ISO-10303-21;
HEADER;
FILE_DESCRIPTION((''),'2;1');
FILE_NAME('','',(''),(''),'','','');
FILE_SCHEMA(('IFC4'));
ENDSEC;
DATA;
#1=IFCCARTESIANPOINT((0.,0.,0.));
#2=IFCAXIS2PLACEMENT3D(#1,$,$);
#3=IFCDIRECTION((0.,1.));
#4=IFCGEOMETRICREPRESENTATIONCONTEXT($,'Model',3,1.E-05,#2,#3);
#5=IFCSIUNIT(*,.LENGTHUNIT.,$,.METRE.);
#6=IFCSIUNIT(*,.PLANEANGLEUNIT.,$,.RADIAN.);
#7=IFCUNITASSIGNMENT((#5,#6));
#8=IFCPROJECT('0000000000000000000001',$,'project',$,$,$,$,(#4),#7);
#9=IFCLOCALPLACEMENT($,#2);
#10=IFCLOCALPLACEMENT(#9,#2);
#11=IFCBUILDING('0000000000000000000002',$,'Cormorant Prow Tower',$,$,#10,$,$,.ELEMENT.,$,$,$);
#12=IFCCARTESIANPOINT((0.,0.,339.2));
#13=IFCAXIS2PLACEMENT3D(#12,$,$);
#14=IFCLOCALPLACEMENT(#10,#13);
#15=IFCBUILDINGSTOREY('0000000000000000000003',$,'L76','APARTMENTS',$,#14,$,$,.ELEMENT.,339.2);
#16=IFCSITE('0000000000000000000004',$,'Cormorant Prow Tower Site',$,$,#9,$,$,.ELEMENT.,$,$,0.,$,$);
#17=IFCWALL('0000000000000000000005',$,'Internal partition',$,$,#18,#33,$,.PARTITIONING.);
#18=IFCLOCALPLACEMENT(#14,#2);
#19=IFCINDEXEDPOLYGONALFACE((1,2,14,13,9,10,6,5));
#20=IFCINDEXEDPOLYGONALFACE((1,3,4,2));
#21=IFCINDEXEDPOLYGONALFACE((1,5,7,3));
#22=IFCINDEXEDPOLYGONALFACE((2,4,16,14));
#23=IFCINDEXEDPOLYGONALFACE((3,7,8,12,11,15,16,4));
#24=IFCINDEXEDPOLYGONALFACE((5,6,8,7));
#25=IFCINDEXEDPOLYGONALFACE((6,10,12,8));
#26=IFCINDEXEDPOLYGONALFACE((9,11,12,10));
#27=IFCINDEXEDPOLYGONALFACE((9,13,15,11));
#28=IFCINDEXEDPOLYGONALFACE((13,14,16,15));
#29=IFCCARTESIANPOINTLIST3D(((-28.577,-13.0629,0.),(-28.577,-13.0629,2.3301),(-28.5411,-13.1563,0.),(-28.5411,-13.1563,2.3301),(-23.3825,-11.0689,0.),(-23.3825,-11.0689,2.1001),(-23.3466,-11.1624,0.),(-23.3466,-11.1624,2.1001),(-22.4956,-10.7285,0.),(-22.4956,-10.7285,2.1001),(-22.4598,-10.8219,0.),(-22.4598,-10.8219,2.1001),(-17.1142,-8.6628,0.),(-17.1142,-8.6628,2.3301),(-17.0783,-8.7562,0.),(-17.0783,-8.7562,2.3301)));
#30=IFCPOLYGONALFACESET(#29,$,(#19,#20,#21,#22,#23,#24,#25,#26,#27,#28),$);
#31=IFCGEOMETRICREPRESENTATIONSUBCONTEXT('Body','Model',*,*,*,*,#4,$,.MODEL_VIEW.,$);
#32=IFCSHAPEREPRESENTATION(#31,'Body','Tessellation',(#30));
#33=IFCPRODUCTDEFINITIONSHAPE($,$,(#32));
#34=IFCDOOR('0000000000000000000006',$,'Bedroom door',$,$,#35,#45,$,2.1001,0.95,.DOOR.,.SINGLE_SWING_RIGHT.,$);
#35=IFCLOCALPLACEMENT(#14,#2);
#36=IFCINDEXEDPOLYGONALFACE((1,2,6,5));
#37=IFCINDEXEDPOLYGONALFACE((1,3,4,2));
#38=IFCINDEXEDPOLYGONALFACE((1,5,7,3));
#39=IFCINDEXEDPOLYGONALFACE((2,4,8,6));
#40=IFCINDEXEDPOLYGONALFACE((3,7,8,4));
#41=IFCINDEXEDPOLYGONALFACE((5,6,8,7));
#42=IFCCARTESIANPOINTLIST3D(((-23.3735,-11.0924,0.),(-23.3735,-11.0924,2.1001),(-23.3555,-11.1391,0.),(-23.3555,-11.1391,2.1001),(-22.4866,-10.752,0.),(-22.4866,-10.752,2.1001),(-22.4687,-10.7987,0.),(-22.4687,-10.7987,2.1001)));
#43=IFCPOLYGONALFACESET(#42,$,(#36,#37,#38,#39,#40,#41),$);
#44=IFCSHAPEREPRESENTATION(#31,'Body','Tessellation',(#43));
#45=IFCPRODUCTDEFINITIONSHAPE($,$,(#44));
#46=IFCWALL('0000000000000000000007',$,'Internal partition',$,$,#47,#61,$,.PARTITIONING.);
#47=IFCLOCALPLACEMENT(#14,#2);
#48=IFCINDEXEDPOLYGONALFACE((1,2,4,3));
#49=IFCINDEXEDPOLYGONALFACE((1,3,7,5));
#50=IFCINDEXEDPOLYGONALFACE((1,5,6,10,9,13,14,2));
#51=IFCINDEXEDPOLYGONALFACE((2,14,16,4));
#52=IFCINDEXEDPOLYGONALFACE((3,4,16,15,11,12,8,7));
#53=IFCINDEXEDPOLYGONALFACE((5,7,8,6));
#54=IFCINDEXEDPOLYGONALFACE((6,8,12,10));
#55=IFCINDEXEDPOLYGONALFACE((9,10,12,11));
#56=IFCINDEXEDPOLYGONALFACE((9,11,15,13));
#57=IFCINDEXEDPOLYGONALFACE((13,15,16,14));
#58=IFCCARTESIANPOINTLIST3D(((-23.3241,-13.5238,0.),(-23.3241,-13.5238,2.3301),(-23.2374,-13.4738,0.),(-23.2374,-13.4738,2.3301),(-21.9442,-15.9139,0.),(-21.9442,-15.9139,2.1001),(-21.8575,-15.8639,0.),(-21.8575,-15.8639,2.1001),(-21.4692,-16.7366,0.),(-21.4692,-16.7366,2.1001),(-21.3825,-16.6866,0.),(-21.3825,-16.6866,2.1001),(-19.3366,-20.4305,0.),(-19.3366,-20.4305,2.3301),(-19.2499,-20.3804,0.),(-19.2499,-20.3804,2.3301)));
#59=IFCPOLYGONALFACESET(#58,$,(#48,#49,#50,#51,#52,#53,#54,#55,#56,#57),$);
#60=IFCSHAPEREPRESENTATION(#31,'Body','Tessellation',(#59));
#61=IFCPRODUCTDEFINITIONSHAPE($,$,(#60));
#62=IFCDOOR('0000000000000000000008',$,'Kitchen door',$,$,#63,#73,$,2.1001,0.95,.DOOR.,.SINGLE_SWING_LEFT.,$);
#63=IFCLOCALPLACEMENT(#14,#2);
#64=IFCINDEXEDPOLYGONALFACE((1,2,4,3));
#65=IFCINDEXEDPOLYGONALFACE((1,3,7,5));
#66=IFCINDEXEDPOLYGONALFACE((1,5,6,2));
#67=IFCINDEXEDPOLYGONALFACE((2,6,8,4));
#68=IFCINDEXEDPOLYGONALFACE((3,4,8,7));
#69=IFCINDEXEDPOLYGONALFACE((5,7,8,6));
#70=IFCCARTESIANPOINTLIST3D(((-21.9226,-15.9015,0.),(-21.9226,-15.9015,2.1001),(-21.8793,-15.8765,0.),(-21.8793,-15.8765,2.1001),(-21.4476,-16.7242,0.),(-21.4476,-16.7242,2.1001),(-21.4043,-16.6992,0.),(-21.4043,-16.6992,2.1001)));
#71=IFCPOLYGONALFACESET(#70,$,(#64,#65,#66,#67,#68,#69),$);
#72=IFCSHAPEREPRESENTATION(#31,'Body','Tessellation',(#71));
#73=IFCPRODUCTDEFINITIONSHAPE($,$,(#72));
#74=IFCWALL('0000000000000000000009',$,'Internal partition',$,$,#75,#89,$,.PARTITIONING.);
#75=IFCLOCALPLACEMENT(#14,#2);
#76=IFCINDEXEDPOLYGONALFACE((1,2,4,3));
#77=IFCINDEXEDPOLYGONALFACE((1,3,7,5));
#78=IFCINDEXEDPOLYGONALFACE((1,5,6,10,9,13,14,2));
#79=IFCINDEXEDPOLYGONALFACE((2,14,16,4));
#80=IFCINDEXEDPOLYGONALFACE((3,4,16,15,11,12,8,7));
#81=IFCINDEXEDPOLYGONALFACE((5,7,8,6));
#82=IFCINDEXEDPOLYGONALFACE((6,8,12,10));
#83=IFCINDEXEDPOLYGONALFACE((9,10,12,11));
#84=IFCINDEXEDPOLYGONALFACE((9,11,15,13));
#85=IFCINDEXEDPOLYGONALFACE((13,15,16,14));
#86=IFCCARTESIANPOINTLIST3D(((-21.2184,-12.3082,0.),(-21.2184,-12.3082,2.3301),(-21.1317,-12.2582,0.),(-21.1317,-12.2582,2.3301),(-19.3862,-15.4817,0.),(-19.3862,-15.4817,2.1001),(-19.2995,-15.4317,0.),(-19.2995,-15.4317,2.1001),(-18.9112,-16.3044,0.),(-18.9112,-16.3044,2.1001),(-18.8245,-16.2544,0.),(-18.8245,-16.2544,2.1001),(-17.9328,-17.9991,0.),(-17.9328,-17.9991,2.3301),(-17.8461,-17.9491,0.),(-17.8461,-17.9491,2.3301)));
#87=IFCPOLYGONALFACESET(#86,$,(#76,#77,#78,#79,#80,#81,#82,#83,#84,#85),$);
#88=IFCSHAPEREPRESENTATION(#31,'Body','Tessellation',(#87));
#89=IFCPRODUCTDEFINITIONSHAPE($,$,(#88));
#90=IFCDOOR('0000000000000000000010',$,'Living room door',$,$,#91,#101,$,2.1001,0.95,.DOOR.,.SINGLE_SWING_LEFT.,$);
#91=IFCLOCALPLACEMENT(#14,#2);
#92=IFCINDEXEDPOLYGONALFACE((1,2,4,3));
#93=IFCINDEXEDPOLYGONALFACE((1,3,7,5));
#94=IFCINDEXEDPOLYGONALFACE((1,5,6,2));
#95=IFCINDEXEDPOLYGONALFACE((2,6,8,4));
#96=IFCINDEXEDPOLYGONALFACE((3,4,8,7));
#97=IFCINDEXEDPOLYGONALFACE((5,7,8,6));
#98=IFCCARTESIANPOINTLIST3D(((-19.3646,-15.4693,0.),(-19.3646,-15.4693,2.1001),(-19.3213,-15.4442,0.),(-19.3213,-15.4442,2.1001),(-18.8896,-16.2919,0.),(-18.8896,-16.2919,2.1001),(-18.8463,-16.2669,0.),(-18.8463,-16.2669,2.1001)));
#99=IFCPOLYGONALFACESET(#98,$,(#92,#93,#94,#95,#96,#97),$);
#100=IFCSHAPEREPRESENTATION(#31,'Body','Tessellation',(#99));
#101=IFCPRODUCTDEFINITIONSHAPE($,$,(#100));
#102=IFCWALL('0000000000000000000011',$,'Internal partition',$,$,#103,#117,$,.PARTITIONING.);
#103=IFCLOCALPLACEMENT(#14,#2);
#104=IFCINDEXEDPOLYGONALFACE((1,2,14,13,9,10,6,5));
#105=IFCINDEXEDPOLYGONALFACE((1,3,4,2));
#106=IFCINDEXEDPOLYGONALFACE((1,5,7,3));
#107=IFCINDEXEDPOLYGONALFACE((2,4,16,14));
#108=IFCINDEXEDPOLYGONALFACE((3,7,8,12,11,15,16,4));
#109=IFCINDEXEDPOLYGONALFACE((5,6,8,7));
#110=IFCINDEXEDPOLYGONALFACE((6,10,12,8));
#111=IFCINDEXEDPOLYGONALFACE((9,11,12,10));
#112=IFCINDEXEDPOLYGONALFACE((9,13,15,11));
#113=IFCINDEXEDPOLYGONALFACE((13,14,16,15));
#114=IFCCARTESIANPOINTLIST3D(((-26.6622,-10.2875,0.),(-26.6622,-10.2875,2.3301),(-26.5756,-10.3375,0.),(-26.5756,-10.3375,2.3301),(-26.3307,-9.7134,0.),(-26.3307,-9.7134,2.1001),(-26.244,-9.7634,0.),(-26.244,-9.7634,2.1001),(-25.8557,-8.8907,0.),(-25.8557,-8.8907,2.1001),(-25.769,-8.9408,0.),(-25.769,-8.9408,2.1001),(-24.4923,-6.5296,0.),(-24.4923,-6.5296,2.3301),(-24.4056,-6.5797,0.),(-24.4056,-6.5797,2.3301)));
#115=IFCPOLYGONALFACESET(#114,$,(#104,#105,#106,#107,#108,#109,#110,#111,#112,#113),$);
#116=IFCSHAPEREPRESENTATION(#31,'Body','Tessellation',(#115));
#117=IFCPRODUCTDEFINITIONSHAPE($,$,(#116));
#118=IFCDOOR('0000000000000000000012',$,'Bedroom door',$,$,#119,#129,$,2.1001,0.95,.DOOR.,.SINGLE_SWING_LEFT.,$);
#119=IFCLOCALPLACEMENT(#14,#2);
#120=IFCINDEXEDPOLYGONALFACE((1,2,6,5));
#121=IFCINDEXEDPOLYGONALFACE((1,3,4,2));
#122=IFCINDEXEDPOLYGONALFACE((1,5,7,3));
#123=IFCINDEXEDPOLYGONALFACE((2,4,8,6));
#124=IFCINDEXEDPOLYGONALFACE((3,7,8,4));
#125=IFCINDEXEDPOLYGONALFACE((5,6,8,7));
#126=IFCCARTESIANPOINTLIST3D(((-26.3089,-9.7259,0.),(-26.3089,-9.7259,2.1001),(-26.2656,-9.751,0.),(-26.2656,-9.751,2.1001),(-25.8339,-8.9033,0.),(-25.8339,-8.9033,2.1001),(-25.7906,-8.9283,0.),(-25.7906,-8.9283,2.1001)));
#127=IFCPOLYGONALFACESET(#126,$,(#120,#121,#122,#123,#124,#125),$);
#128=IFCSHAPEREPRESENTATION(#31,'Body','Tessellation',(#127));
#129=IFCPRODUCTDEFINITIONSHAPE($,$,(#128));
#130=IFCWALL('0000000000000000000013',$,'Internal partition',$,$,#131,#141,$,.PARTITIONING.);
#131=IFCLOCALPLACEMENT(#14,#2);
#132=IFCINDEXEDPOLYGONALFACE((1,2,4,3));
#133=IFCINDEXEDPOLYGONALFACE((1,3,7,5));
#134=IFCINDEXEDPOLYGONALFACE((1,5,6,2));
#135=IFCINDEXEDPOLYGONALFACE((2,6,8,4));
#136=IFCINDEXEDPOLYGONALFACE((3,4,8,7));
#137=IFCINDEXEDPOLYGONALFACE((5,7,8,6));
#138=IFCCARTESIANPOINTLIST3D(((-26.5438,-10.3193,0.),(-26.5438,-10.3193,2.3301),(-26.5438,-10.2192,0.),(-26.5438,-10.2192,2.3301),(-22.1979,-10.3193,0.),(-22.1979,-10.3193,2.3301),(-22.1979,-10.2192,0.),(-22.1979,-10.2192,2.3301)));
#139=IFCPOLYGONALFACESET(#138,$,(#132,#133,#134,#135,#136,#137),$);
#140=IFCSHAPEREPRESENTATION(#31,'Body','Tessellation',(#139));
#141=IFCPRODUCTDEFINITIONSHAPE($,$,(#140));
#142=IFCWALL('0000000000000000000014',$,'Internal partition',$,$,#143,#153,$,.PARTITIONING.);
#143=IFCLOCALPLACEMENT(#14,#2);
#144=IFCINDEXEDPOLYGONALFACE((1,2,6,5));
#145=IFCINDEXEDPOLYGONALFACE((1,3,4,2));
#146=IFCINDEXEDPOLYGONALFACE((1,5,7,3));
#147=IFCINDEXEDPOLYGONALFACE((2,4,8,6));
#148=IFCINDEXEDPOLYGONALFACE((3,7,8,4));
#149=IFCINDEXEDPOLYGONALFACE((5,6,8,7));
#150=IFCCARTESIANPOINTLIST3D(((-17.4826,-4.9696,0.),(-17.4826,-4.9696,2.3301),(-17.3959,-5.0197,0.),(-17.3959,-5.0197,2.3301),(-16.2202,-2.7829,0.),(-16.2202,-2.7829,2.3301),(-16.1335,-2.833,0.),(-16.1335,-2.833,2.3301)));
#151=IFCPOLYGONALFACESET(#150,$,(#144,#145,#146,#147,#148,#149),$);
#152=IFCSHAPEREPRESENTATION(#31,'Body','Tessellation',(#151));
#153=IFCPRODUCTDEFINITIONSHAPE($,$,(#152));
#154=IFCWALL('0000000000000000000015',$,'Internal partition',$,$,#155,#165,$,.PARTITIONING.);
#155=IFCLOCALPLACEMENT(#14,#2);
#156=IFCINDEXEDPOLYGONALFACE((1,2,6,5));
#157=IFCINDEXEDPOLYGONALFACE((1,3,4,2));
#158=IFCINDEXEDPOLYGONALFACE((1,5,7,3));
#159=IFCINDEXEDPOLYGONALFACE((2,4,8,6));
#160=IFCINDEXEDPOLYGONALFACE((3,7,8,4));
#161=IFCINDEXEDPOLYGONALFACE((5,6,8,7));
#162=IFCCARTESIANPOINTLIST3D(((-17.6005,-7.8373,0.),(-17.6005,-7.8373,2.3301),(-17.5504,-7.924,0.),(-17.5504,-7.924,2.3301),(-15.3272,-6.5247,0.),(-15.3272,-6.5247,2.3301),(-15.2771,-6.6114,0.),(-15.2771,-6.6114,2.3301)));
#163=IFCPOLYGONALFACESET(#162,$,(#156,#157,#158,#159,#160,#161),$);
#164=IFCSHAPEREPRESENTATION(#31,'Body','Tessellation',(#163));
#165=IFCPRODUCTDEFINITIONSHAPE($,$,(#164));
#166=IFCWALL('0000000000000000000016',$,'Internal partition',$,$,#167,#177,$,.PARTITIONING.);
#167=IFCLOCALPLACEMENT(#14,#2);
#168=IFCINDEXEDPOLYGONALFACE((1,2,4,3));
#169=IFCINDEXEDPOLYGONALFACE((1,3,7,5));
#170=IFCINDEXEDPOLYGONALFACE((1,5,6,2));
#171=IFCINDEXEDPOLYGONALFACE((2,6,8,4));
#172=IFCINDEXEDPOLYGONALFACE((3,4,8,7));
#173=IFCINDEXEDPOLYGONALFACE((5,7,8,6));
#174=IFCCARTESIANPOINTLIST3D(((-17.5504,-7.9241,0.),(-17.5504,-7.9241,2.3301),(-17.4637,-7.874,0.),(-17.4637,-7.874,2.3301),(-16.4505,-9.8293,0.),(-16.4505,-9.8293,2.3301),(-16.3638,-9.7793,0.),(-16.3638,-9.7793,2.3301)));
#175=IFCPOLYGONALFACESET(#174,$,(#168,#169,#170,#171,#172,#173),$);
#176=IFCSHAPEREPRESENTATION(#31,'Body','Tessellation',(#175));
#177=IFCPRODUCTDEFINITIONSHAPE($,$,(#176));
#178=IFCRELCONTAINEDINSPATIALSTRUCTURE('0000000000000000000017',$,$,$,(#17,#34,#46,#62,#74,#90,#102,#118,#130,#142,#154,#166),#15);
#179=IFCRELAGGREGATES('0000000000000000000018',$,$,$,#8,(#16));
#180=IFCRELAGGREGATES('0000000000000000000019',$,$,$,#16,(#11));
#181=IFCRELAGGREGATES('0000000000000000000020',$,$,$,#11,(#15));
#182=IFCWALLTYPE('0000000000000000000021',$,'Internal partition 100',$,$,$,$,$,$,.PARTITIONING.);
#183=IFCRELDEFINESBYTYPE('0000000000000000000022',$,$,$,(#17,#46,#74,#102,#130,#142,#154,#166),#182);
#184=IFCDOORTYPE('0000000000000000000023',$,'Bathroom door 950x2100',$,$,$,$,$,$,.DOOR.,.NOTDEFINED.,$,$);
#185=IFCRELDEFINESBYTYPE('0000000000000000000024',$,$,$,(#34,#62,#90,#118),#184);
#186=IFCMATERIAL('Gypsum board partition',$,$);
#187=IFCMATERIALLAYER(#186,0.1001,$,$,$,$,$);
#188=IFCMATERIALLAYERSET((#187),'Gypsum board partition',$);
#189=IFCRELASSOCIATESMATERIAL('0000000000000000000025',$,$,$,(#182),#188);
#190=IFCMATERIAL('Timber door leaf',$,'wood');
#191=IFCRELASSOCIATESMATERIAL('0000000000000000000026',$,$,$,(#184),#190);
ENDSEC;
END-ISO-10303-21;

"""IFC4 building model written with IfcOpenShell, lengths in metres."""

from ifc_helpers import new_model, si_unit, direction, frame, frame_2d, origin, place, context, subcontext, project, spatial, rectangle, extrude, material, layer, layer_set, type_object, element, fill, save


model = new_model("IFC4")

# Units and contexts
model_context = context("Model", 3, precision=1e-05, world=origin(), true_north=direction((0.0, 1.0)))
body_context = subcontext(model_context, "Body", "Model", "MODEL_VIEW")
ifc_project = project(units=[si_unit("LENGTHUNIT", "METRE"), si_unit("PLANEANGLEUNIT", "RADIAN")], contexts=[model_context])

# Site, building, storey
site_placement = place(None, origin())
site = spatial("IfcSite", under=ifc_project, at=site_placement, Name="Cormorant Prow Tower Site", CompositionType="ELEMENT", RefElevation=0.0)
building_placement = place(site_placement, origin())
building = spatial("IfcBuilding", under=site, at=building_placement, Name="Cormorant Prow Tower", CompositionType="ELEMENT")
storey_placement = place(building_placement, frame((0.0, 0.0, 339.2)))
storey = spatial("IfcBuildingStorey", under=building, at=storey_placement, Name="L76", Description="APARTMENTS", CompositionType="ELEMENT", Elevation=339.2)

# Walls, openings, doors
ifc_material_1 = material(Name="Gypsum board partition")
ifc_layer_1 = layer(ifc_material_1, 0.1001)
ifc_layer_set_1 = layer_set([ifc_layer_1], Name="Gypsum board partition")
wall_type_1 = type_object("IfcWallType", Name="Internal partition 100", PredefinedType="PARTITIONING", material=ifc_layer_set_1)
wall_1_placement = place(storey_placement, frame((-28.5591, -13.1096, 0.0), z_axis=(0.0, 0.0, 1.0), x_axis=(0.933582, 0.358365, 0.0)))
wall_1 = element("IfcWall", 1, at=wall_1_placement, inside=storey, type_object=wall_type_1, Name="Internal partition", PredefinedType="PARTITIONING", context=body_context, shape_type="SweptSolid", body=[
    extrude(rectangle(XDim=12.2783, YDim=0.1001, at=frame_2d((6.1392, 0.0))), origin(), (0.0, 0.0, 1.0), 2.3301),
])
opening_1_placement = place(wall_1_placement, frame((5.564, 0.0, 0.0)))
opening_1 = element("IfcOpeningElement", 2, at=opening_1_placement, cuts=wall_1, PredefinedType="OPENING", context=body_context, shape_type="SweptSolid", body=[
    extrude(rectangle(XDim=0.95, YDim=2.1001, at=frame_2d((0.4751, 1.05))), frame((0.0, 0.0601, 0.0), z_axis=(0.0, -1.0, 0.0), x_axis=(1.0, 0.0, 0.0)), (0.0, 0.0, 1.0), 0.1201),
])
ifc_material_2 = material(Name="Timber door leaf", Category="wood")
door_type_1 = type_object("IfcDoorType", Name="Bathroom door 950x2100", OperationType="NOTDEFINED", PredefinedType="DOOR", material=ifc_material_2)
door_1_placement = place(opening_1_placement, origin())
door_1 = element("IfcDoor", 3, at=door_1_placement, inside=storey, type_object=door_type_1, Name="Bedroom door", OperationType="SINGLE_SWING_RIGHT", OverallHeight=2.1001, OverallWidth=0.95, PredefinedType="DOOR", context=body_context, shape_type="SweptSolid", body=[
    extrude(rectangle(XDim=0.95, YDim=2.1001, at=frame_2d((0.4751, 1.05))), frame((0.0, 0.0249, 0.0), z_axis=(0.0, -1.0, 0.0), x_axis=(1.0, 0.0, 0.0)), (0.0, 0.0, 1.0), 0.05),
])
fill(opening_1, door_1)
wall_2_placement = place(storey_placement, frame((-23.2808, -13.4988, 0.0), z_axis=(0.0, 0.0, 1.0), x_axis=(0.499995, -0.866029, 0.0)))
wall_2 = element("IfcWall", 4, at=wall_2_placement, inside=storey, type_object=wall_type_1, Name="Internal partition", PredefinedType="PARTITIONING", context=body_context, shape_type="SweptSolid", body=[
    extrude(rectangle(XDim=7.9751, YDim=0.1001, at=frame_2d((3.9875, 0.0))), origin(), (0.0, 0.0, 1.0), 2.3301),
])
opening_2_placement = place(wall_2_placement, frame((2.7598, 0.0, 0.0)))
opening_2 = element("IfcOpeningElement", 5, at=opening_2_placement, cuts=wall_2, PredefinedType="OPENING", context=body_context, shape_type="SweptSolid", body=[
    extrude(rectangle(XDim=0.95, YDim=2.1001, at=frame_2d((0.4751, 1.05))), frame((0.0, 0.0601, 0.0), z_axis=(0.0, -1.0, 0.0), x_axis=(1.0, 0.0, 0.0)), (0.0, 0.0, 1.0), 0.1201),
])
door_2_placement = place(opening_2_placement, origin())
door_2 = element("IfcDoor", 6, at=door_2_placement, inside=storey, type_object=door_type_1, Name="Kitchen door", OperationType="SINGLE_SWING_LEFT", OverallHeight=2.1001, OverallWidth=0.95, PredefinedType="DOOR", context=body_context, shape_type="SweptSolid", body=[
    extrude(rectangle(XDim=0.95, YDim=2.1001, at=frame_2d((0.4751, 1.05))), frame((0.0, 0.0249, 0.0), z_axis=(0.0, -1.0, 0.0), x_axis=(1.0, 0.0, 0.0)), (0.0, 0.0, 1.0), 0.05),
])
fill(opening_2, door_2)
wall_3_placement = place(storey_placement, frame((-21.175, -12.2832, 0.0), z_axis=(0.0, 0.0, 1.0), x_axis=(0.499999, -0.866026, 0.0)))
wall_3 = element("IfcWall", 7, at=wall_3_placement, inside=storey, type_object=wall_type_1, Name="Internal partition", PredefinedType="PARTITIONING", context=body_context, shape_type="SweptSolid", body=[
    extrude(rectangle(XDim=6.5713, YDim=0.1001, at=frame_2d((3.2856, 0.0))), origin(), (0.0, 0.0, 1.0), 2.3301),
])
opening_3_placement = place(wall_3_placement, frame((3.6643, 0.0, 0.0)))
opening_3 = element("IfcOpeningElement", 8, at=opening_3_placement, cuts=wall_3, PredefinedType="OPENING", context=body_context, shape_type="SweptSolid", body=[
    extrude(rectangle(XDim=0.95, YDim=2.1001, at=frame_2d((0.4751, 1.05))), frame((0.0, 0.0601, 0.0), z_axis=(0.0, -1.0, 0.0), x_axis=(1.0, 0.0, 0.0)), (0.0, 0.0, 1.0), 0.1201),
])
door_3_placement = place(opening_3_placement, origin())
door_3 = element("IfcDoor", 9, at=door_3_placement, inside=storey, type_object=door_type_1, Name="Living room door", OperationType="SINGLE_SWING_LEFT", OverallHeight=2.1001, OverallWidth=0.95, PredefinedType="DOOR", context=body_context, shape_type="SweptSolid", body=[
    extrude(rectangle(XDim=0.95, YDim=2.1001, at=frame_2d((0.4751, 1.05))), frame((0.0, 0.0249, 0.0), z_axis=(0.0, -1.0, 0.0), x_axis=(1.0, 0.0, 0.0)), (0.0, 0.0, 1.0), 0.05),
])
fill(opening_3, door_3)
wall_4_placement = place(storey_placement, frame((-26.6189, -10.3125, 0.0), z_axis=(0.0, 0.0, 1.0), x_axis=(0.50006, 0.865991, 0.0)))
wall_4 = element("IfcWall", 10, at=wall_4_placement, inside=storey, type_object=wall_type_1, Name="Internal partition", PredefinedType="PARTITIONING", context=body_context, shape_type="SweptSolid", body=[
    extrude(rectangle(XDim=4.3394, YDim=0.1001, at=frame_2d((2.1697, 0.0))), origin(), (0.0, 0.0, 1.0), 2.3301),
])
opening_4_placement = place(wall_4_placement, frame((0.6628, 0.0, 0.0)))
opening_4 = element("IfcOpeningElement", 11, at=opening_4_placement, cuts=wall_4, PredefinedType="OPENING", context=body_context, shape_type="SweptSolid", body=[
    extrude(rectangle(XDim=0.95, YDim=2.1001, at=frame_2d((0.4751, 1.05))), frame((0.0, 0.0601, 0.0), z_axis=(0.0, -1.0, 0.0), x_axis=(1.0, 0.0, 0.0)), (0.0, 0.0, 1.0), 0.1201),
])
door_4_placement = place(opening_4_placement, origin())
door_4 = element("IfcDoor", 12, at=door_4_placement, inside=storey, type_object=door_type_1, Name="Bedroom door", OperationType="SINGLE_SWING_LEFT", OverallHeight=2.1001, OverallWidth=0.95, PredefinedType="DOOR", context=body_context, shape_type="SweptSolid", body=[
    extrude(rectangle(XDim=0.95, YDim=2.1001, at=frame_2d((0.4751, 1.05))), frame((0.0, 0.0249, 0.0), z_axis=(0.0, -1.0, 0.0), x_axis=(1.0, 0.0, 0.0)), (0.0, 0.0, 1.0), 0.05),
])
fill(opening_4, door_4)

# Walls
wall_5_placement = place(storey_placement, frame((-26.5437, -10.2693, 0.0), z_axis=(0.0, 0.0, 1.0), x_axis=(1.0, 0.0, 0.0)))
element("IfcWall", 13, at=wall_5_placement, inside=storey, type_object=wall_type_1, Name="Internal partition", PredefinedType="PARTITIONING", context=body_context, shape_type="SweptSolid", body=[
    extrude(rectangle(XDim=4.3459, YDim=0.1001, at=frame_2d((2.1729, 0.0))), origin(), (0.0, 0.0, 1.0), 2.3301),
])
wall_6_placement = place(storey_placement, frame((-17.4392, -4.9946, 0.0), z_axis=(0.0, 0.0, 1.0), x_axis=(0.499976, 0.866039, 0.0)))
element("IfcWall", 14, at=wall_6_placement, inside=storey, type_object=wall_type_1, Name="Internal partition", PredefinedType="PARTITIONING", context=body_context, shape_type="SweptSolid", body=[
    extrude(rectangle(XDim=2.5249, YDim=0.1001, at=frame_2d((1.2625, 0.0))), origin(), (0.0, 0.0, 1.0), 2.3301),
])
wall_7_placement = place(storey_placement, frame((-17.5754, -7.8806, 0.0), z_axis=(0.0, 0.0, 1.0), x_axis=(0.866014, 0.50002, 0.0)))
element("IfcWall", 15, at=wall_7_placement, inside=storey, type_object=wall_type_1, Name="Internal partition", PredefinedType="PARTITIONING", context=body_context, shape_type="SweptSolid", body=[
    extrude(rectangle(XDim=2.625, YDim=0.1001, at=frame_2d((1.3125, 0.0))), origin(), (0.0, 0.0, 1.0), 2.3301),
])
wall_8_placement = place(storey_placement, frame((-17.5071, -7.8989, 0.0), z_axis=(0.0, 0.0, 1.0), x_axis=(0.499947, -0.866056, 0.0)))
element("IfcWall", 16, at=wall_8_placement, inside=storey, type_object=wall_type_1, Name="Internal partition", PredefinedType="PARTITIONING", context=body_context, shape_type="SweptSolid", body=[
    extrude(rectangle(XDim=2.2, YDim=0.1001, at=frame_2d((1.1001, 0.0))), origin(), (0.0, 0.0, 1.0), 2.3301),
])

save(model, "model.ifc")
